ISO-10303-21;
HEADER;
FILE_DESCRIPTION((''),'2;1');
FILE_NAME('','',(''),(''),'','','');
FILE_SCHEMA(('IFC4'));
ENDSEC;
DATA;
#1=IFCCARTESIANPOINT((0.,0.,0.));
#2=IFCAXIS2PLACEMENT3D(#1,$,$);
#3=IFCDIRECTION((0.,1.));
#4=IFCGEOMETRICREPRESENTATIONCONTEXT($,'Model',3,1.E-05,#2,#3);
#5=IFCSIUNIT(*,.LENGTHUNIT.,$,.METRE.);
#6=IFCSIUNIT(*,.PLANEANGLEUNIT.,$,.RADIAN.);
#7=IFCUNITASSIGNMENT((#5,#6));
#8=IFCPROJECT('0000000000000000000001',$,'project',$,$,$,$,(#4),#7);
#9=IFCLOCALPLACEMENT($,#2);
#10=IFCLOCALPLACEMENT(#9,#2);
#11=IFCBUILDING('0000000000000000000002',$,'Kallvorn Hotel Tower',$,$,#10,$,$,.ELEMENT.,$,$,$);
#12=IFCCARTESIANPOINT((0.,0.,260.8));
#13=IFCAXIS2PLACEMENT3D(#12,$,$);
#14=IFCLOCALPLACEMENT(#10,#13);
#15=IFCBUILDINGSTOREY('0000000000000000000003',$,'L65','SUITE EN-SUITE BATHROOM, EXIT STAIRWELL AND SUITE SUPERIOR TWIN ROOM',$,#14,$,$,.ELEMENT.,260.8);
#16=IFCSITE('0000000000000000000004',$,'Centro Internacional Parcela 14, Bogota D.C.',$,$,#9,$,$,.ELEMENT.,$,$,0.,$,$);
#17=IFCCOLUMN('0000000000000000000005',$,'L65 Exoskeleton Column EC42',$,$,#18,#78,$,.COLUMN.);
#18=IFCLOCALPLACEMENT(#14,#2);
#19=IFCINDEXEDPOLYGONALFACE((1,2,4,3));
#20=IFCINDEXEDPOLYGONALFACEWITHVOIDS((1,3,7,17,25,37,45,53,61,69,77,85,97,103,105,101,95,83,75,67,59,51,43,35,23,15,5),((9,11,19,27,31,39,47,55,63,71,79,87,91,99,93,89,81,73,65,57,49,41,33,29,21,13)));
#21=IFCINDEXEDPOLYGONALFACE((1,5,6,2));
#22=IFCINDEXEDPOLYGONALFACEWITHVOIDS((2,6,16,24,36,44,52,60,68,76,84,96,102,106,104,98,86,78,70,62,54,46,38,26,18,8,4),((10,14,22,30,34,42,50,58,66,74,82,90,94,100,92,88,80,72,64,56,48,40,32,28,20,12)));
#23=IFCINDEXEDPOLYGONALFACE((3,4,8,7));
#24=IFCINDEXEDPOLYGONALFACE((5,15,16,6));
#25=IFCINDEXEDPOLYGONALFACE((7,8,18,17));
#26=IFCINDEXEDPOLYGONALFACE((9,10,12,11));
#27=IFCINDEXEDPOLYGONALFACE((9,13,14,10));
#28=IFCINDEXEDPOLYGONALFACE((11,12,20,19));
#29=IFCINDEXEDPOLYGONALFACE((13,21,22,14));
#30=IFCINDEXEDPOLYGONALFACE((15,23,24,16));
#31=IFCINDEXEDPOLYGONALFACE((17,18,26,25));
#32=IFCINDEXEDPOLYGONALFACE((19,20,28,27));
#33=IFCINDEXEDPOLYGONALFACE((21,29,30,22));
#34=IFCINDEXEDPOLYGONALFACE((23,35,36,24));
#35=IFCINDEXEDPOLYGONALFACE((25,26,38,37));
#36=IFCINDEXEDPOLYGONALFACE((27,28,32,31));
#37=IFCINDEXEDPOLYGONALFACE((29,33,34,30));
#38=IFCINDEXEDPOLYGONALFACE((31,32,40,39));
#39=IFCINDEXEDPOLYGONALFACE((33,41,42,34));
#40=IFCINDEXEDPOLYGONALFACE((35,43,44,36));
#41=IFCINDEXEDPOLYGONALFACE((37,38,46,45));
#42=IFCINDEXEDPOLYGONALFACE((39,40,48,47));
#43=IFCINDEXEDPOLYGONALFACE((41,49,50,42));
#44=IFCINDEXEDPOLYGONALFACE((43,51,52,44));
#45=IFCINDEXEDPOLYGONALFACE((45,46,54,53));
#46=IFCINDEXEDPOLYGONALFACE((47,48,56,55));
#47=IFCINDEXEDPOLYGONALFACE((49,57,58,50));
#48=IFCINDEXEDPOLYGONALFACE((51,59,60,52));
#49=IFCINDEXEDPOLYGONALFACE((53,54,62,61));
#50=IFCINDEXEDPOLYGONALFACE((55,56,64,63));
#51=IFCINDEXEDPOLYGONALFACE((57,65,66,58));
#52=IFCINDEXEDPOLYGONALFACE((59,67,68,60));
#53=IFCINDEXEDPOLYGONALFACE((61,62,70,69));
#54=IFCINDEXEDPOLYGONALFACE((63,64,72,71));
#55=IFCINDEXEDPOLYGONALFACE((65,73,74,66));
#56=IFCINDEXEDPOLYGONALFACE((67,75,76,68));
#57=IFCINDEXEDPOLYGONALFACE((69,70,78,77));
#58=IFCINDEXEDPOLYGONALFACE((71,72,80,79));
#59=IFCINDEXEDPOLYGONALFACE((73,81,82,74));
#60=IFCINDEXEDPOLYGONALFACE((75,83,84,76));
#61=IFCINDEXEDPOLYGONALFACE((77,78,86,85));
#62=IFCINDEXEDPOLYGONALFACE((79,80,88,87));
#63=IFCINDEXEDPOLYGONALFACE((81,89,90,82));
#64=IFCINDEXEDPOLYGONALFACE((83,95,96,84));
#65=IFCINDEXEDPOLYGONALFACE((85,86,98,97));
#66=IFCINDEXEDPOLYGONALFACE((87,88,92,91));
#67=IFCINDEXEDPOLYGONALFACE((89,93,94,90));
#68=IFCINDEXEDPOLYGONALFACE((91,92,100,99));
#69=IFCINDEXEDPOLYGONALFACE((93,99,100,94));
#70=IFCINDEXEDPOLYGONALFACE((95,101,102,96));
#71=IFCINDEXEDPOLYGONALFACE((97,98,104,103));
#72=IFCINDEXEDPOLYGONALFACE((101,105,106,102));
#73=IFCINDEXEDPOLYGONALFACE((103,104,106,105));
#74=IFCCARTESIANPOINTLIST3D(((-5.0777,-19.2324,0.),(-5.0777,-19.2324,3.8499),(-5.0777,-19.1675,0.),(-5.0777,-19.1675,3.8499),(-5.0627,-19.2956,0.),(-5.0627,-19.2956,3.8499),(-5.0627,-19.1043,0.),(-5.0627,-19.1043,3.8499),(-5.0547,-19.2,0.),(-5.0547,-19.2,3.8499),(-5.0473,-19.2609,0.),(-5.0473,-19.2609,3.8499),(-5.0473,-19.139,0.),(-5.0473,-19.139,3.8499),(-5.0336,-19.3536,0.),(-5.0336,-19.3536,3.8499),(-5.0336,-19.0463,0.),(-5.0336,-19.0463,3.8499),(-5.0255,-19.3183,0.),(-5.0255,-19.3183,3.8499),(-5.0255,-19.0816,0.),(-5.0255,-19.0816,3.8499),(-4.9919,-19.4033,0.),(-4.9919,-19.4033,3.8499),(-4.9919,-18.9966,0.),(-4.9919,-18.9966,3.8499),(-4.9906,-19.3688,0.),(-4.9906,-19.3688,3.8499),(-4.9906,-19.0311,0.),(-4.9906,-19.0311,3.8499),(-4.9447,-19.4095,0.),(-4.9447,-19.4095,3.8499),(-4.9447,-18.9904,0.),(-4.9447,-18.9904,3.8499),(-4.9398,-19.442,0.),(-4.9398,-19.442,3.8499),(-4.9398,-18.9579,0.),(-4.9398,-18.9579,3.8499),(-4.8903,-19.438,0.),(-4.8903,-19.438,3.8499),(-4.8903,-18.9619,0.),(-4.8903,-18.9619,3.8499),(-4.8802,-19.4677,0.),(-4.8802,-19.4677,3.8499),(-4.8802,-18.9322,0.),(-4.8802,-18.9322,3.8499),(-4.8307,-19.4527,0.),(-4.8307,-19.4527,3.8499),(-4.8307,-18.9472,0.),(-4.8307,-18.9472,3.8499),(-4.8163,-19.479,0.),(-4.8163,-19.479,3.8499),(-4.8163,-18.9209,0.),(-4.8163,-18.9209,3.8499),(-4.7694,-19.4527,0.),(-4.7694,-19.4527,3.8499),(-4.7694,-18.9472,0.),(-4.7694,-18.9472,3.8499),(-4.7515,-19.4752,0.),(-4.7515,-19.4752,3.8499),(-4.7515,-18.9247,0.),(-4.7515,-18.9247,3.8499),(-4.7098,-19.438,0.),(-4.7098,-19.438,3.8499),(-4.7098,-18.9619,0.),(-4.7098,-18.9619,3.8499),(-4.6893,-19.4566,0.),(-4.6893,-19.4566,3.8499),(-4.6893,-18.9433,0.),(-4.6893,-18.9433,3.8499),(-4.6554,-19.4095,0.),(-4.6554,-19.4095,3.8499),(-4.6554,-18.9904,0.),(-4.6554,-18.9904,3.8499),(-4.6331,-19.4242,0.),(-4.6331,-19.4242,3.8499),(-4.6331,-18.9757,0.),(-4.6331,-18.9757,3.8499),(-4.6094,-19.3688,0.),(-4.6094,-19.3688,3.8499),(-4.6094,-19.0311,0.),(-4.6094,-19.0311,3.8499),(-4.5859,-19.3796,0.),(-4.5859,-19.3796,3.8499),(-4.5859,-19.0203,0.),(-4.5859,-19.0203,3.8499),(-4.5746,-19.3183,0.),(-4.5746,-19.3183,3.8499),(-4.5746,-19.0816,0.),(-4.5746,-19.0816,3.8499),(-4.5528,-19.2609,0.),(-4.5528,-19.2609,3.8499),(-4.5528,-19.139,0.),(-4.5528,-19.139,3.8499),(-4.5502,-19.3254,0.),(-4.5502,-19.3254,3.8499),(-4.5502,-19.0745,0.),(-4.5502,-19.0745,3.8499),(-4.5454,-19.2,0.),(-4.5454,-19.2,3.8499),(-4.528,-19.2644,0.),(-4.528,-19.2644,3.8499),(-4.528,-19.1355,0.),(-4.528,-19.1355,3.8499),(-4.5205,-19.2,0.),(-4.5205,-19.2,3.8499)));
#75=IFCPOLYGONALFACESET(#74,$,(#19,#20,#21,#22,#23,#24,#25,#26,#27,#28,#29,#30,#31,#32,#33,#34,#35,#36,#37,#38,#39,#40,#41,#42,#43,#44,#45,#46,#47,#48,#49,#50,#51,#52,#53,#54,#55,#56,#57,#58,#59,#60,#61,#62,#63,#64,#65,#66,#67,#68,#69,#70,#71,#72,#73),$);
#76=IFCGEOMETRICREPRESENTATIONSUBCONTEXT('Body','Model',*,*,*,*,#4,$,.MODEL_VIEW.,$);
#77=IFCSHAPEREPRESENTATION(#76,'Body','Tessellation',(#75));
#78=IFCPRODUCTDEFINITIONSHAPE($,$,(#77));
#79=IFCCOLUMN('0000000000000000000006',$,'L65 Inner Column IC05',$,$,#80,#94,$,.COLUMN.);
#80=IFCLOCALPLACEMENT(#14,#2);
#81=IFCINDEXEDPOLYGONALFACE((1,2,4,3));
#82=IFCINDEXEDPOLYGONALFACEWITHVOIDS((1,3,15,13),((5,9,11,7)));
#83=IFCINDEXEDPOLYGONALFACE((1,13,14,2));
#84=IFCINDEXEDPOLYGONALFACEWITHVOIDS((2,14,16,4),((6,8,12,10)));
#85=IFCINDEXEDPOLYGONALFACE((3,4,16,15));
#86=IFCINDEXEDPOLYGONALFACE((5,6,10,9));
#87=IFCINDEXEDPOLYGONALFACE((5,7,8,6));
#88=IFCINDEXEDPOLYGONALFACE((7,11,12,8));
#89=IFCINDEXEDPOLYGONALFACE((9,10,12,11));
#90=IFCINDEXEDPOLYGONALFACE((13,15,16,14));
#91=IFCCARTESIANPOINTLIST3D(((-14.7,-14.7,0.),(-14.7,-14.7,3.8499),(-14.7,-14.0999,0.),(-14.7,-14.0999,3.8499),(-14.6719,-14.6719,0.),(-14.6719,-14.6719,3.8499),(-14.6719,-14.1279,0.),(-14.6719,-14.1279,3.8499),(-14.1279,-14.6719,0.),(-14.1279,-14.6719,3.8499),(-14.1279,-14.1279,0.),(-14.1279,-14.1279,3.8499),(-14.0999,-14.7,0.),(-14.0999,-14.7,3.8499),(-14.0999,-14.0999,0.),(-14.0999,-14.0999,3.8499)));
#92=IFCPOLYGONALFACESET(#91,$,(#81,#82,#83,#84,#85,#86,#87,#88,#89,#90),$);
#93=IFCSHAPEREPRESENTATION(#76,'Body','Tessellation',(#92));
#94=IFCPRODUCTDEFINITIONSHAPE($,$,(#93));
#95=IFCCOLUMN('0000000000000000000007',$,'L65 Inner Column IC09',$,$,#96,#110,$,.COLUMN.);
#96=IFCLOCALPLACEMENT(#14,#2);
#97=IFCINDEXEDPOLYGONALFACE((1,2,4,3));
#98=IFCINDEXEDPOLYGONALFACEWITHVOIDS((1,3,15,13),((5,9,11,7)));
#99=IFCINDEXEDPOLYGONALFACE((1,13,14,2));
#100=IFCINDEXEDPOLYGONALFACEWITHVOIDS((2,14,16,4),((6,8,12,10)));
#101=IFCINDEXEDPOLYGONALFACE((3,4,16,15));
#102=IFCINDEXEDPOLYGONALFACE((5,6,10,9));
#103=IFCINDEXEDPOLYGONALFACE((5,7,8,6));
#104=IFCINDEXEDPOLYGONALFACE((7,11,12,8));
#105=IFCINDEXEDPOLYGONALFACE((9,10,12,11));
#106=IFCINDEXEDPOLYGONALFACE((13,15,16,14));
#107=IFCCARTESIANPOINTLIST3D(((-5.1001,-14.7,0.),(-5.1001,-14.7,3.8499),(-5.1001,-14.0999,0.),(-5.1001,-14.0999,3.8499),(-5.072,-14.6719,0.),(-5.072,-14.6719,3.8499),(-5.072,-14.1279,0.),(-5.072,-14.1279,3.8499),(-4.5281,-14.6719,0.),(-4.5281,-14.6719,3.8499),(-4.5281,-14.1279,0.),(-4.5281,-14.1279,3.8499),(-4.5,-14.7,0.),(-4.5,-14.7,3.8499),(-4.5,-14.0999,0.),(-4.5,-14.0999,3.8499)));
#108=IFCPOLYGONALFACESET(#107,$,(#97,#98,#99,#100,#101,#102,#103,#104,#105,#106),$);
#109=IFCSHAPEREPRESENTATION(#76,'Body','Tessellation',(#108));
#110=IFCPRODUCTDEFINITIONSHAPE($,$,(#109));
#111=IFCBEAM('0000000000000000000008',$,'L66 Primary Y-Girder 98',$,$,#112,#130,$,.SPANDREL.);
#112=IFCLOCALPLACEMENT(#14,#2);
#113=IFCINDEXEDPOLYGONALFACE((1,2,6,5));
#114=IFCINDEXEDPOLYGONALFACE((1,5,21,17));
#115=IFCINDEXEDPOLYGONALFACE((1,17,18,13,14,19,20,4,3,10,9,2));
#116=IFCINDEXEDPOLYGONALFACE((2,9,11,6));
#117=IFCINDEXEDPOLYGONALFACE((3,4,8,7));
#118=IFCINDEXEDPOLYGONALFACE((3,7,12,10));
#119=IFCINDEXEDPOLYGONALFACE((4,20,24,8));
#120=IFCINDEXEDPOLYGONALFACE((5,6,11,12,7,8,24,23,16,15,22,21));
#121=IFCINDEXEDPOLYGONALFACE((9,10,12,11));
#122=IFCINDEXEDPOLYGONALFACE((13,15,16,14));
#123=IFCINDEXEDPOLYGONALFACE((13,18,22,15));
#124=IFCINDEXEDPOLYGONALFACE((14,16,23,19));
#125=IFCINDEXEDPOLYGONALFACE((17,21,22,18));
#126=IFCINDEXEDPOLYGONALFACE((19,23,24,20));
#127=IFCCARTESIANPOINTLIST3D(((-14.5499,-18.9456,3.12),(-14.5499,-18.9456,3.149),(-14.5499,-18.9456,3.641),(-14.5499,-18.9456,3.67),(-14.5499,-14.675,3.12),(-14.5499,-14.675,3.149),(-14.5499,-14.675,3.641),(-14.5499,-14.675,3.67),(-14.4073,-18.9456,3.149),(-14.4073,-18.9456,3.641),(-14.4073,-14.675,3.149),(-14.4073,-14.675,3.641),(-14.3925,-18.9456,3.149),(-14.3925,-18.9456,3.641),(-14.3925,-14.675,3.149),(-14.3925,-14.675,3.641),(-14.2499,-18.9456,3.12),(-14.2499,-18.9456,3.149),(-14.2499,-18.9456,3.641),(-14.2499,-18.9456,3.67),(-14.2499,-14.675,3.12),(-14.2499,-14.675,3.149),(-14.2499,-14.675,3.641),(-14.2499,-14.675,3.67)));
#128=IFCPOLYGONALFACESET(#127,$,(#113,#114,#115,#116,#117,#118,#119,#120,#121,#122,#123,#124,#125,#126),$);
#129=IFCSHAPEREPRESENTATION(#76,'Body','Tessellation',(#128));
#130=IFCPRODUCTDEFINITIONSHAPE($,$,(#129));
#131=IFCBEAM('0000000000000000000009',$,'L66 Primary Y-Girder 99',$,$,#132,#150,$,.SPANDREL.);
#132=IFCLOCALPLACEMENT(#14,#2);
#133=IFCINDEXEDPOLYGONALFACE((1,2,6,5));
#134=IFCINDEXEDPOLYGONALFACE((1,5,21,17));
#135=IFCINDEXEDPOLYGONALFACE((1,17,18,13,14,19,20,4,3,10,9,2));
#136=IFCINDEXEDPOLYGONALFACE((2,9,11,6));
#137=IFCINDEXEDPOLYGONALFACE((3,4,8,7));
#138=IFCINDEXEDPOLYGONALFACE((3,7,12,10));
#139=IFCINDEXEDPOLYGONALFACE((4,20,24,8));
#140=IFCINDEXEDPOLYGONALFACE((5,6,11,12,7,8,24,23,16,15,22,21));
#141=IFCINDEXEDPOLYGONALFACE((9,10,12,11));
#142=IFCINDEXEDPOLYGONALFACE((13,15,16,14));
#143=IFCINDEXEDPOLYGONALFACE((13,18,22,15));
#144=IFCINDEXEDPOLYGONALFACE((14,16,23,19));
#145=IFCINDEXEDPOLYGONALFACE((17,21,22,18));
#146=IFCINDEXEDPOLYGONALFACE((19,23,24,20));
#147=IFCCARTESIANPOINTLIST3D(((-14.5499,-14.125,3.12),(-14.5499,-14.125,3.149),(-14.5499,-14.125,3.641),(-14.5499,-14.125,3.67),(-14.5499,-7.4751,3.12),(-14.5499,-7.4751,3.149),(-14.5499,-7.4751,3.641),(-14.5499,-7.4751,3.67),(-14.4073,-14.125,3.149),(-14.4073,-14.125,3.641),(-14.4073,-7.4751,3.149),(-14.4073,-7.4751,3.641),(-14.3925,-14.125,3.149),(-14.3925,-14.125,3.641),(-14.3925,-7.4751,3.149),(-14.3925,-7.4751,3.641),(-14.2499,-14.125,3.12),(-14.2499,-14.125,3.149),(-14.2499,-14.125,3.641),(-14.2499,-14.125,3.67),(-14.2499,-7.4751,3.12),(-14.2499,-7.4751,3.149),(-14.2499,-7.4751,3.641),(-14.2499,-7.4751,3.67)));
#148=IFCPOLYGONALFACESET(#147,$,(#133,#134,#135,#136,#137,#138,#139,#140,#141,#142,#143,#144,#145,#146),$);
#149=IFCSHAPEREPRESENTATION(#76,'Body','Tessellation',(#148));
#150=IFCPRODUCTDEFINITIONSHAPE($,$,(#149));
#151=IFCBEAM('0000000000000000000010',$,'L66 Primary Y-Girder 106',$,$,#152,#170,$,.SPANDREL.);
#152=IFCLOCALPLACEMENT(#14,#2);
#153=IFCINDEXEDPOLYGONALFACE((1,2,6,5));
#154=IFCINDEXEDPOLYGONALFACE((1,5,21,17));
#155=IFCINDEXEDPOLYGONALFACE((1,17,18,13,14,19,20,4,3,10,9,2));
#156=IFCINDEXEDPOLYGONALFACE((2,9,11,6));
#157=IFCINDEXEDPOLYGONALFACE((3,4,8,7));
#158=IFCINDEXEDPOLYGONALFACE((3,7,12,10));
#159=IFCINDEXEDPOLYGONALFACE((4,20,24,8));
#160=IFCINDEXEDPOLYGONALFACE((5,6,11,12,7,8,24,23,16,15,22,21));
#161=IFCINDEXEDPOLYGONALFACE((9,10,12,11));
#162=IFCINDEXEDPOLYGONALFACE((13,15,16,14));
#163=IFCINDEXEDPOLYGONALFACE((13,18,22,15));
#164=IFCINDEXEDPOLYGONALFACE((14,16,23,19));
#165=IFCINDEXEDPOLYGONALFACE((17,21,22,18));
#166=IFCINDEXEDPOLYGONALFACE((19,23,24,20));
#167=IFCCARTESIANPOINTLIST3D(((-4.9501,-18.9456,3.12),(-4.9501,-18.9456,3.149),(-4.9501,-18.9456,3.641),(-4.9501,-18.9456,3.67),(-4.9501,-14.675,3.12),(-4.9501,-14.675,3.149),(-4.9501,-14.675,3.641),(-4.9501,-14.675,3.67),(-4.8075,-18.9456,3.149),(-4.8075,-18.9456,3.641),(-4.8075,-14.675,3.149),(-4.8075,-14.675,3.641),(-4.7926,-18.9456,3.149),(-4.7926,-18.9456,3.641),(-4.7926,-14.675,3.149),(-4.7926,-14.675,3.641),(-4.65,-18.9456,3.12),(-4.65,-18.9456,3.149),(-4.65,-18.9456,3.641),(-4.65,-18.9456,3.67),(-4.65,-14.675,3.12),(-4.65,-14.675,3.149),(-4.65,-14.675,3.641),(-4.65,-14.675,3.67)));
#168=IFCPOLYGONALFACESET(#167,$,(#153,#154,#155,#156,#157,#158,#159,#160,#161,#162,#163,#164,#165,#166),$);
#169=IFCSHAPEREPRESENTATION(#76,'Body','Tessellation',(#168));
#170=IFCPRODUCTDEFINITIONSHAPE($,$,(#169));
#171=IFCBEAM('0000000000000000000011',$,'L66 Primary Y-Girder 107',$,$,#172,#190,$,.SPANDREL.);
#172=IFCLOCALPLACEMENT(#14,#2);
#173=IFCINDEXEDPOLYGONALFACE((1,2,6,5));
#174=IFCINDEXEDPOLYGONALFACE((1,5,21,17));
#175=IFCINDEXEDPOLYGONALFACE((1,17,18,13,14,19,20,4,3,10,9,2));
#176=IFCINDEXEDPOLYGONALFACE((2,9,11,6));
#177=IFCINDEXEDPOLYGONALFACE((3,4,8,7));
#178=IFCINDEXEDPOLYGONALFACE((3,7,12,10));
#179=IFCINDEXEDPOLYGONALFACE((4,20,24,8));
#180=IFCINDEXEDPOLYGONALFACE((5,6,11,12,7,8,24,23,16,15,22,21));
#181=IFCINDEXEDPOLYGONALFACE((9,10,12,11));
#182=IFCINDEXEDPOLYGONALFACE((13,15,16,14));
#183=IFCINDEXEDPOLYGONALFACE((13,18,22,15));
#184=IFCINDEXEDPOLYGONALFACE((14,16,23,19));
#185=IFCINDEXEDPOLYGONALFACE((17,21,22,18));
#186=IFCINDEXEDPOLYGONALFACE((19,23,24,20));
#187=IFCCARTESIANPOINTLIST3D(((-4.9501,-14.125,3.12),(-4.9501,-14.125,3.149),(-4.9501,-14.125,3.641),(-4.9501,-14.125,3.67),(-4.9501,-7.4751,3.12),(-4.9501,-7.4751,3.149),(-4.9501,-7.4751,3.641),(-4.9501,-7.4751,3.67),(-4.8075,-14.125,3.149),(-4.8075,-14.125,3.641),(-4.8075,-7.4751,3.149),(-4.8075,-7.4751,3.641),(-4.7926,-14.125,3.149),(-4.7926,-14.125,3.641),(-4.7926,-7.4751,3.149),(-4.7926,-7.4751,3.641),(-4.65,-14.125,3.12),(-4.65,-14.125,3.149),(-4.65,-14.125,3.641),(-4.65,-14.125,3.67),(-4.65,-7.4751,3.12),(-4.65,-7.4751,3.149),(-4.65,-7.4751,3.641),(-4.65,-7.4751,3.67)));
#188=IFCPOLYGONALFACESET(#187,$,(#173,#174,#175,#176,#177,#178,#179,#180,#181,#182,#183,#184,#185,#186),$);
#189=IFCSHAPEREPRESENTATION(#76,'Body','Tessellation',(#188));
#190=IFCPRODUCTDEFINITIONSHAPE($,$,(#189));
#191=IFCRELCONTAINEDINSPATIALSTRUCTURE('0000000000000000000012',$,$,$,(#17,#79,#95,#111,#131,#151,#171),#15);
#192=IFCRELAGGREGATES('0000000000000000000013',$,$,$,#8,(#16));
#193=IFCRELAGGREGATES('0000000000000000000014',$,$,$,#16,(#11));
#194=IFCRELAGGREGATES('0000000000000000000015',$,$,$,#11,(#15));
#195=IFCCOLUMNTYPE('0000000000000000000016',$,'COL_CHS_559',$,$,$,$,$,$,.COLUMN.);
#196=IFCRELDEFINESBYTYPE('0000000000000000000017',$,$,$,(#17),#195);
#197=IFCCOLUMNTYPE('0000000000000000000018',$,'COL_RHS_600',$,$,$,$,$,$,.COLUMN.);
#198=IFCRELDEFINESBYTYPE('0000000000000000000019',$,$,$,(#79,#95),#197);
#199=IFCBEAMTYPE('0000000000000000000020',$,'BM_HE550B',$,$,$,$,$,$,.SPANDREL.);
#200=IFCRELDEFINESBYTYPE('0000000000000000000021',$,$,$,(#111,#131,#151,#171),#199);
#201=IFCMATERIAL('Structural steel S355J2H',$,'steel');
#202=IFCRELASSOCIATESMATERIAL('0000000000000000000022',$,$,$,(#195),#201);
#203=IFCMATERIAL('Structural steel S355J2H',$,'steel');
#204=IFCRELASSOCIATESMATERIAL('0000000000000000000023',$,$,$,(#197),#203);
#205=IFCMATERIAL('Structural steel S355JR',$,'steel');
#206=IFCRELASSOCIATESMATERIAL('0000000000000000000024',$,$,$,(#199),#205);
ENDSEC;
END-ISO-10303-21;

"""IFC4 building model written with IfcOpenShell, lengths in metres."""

from ifc_helpers import new_model, si_unit, direction, frame, origin, origin_2d, place, context, subcontext, project, spatial, hollow_rectangle, hollow_circle, i_section, extrude, material, material_profile, profile_set, type_object, element, save


model = new_model("IFC4")

# Units and contexts
model_context = context("Model", 3, precision=1e-05, world=origin(), true_north=direction((0.0, 1.0)))
body_context = subcontext(model_context, "Body", "Model", "MODEL_VIEW")
ifc_project = project(units=[si_unit("LENGTHUNIT", "METRE"), si_unit("PLANEANGLEUNIT", "RADIAN")], contexts=[model_context])

# Site, building, storey
site_placement = place(None, origin())
site = spatial("IfcSite", under=ifc_project, at=site_placement, Name="Centro Internacional Parcela 14, Bogota D.C.", CompositionType="ELEMENT", RefElevation=0.0)
building_placement = place(site_placement, origin())
building = spatial("IfcBuilding", under=site, at=building_placement, Name="Kallvorn Hotel Tower", CompositionType="ELEMENT")
storey_placement = place(building_placement, frame((0.0, 0.0, 260.8)))
storey = spatial("IfcBuildingStorey", under=building, at=storey_placement, Name="L65", Description="SUITE EN-SUITE BATHROOM, EXIT STAIRWELL AND SUITE SUPERIOR TWIN ROOM", CompositionType="ELEMENT", Elevation=260.8)

# Columns
ifc_material_1 = material(Name="Structural steel S355J2H", Category="steel")
ifc_material_profile_1 = material_profile(ifc_material_1, hollow_circle(Radius=0.2795, WallThickness=0.0249, at=origin_2d()), Name="CHS 559x25")
ifc_profile_set_1 = profile_set([ifc_material_profile_1], Name="Structural steel S355J2H")
column_type_1 = type_object("IfcColumnType", Name="COL_CHS_559", PredefinedType="COLUMN", material=ifc_profile_set_1)
for number, where, z_axis, x_axis, name in (
    (1, (-4.8, -19.2, 0.0), (0.0, 0.0, 1.0), (1.0, 0.0, 0.0), "L65 Exoskeleton Column EC42"),
):
    element("IfcColumn", number, at=place(storey_placement, frame(where, z_axis=z_axis, x_axis=x_axis)), inside=storey, type_object=column_type_1, Name=name, PredefinedType="COLUMN", context=body_context, shape_type="SweptSolid", body=[
        extrude(hollow_circle(Radius=0.2795, WallThickness=0.0249, at=origin_2d()), origin(), (0.0, 0.0, 1.0), 3.8499),
    ])
ifc_material_2 = material(Name="Structural steel S355J2H", Category="steel")
ifc_material_profile_2 = material_profile(ifc_material_2, hollow_rectangle(XDim=0.6001, YDim=0.6001, WallThickness=0.0281, at=origin_2d()), Name="RHS 600x600x28")
ifc_profile_set_2 = profile_set([ifc_material_profile_2], Name="Structural steel S355J2H")
column_type_2 = type_object("IfcColumnType", Name="COL_RHS_600", PredefinedType="COLUMN", material=ifc_profile_set_2)
for number, where, z_axis, x_axis, name in (
    (2, (-14.3999, -14.3999, 0.0), (0.0, 0.0, 1.0), (1.0, 0.0, 0.0), "L65 Inner Column IC05"),
    (3, (-4.8, -14.3999, 0.0), (0.0, 0.0, 1.0), (1.0, 0.0, 0.0), "L65 Inner Column IC09"),
):
    element("IfcColumn", number, at=place(storey_placement, frame(where, z_axis=z_axis, x_axis=x_axis)), inside=storey, type_object=column_type_2, Name=name, PredefinedType="COLUMN", context=body_context, shape_type="SweptSolid", body=[
        extrude(hollow_rectangle(XDim=0.6001, YDim=0.6001, WallThickness=0.0281, at=origin_2d()), origin(), (0.0, 0.0, 1.0), 3.8499),
    ])

# Beams
ifc_material_3 = material(Name="Structural steel S355JR", Category="steel")
ifc_material_profile_3 = material_profile(ifc_material_3, i_section(OverallWidth=0.3, OverallDepth=0.55, WebThickness=0.0149, FlangeThickness=0.0291, at=origin_2d()), Name="HE 550 B")
ifc_profile_set_3 = profile_set([ifc_material_profile_3], Name="Structural steel S355JR")
beam_type_1 = type_object("IfcBeamType", Name="BM_HE550B", PredefinedType="SPANDREL", material=ifc_profile_set_3)
beam_1_placement = place(storey_placement, frame((-14.3999, -18.9456, 3.395), z_axis=(0.0, 1.0, 0.0), x_axis=(-1.0, 0.0, 0.0)))
element("IfcBeam", 4, at=beam_1_placement, inside=storey, type_object=beam_type_1, Name="L66 Primary Y-Girder 98", PredefinedType="SPANDREL", context=body_context, shape_type="SweptSolid", body=[
    extrude(i_section(OverallWidth=0.3, OverallDepth=0.55, WebThickness=0.0149, FlangeThickness=0.0291, at=origin_2d()), origin(), (0.0, 0.0, 1.0), 4.2705),
])
beam_2_placement = place(storey_placement, frame((-14.3999, -14.125, 3.395), z_axis=(0.0, 1.0, 0.0), x_axis=(-1.0, 0.0, 0.0)))
element("IfcBeam", 5, at=beam_2_placement, inside=storey, type_object=beam_type_1, Name="L66 Primary Y-Girder 99", PredefinedType="SPANDREL", context=body_context, shape_type="SweptSolid", body=[
    extrude(i_section(OverallWidth=0.3, OverallDepth=0.55, WebThickness=0.0149, FlangeThickness=0.0291, at=origin_2d()), origin(), (0.0, 0.0, 1.0), 6.6499),
])
beam_3_placement = place(storey_placement, frame((-4.8, -18.9456, 3.395), z_axis=(0.0, 1.0, 0.0), x_axis=(-1.0, 0.0, 0.0)))
element("IfcBeam", 6, at=beam_3_placement, inside=storey, type_object=beam_type_1, Name="L66 Primary Y-Girder 106", PredefinedType="SPANDREL", context=body_context, shape_type="SweptSolid", body=[
    extrude(i_section(OverallWidth=0.3, OverallDepth=0.55, WebThickness=0.0149, FlangeThickness=0.0291, at=origin_2d()), origin(), (0.0, 0.0, 1.0), 4.2705),
])
beam_4_placement = place(storey_placement, frame((-4.8, -14.125, 3.395), z_axis=(0.0, 1.0, 0.0), x_axis=(-1.0, 0.0, 0.0)))
element("IfcBeam", 7, at=beam_4_placement, inside=storey, type_object=beam_type_1, Name="L66 Primary Y-Girder 107", PredefinedType="SPANDREL", context=body_context, shape_type="SweptSolid", body=[
    extrude(i_section(OverallWidth=0.3, OverallDepth=0.55, WebThickness=0.0149, FlangeThickness=0.0291, at=origin_2d()), origin(), (0.0, 0.0, 1.0), 6.6499),
])

save(model, "model.ifc")
